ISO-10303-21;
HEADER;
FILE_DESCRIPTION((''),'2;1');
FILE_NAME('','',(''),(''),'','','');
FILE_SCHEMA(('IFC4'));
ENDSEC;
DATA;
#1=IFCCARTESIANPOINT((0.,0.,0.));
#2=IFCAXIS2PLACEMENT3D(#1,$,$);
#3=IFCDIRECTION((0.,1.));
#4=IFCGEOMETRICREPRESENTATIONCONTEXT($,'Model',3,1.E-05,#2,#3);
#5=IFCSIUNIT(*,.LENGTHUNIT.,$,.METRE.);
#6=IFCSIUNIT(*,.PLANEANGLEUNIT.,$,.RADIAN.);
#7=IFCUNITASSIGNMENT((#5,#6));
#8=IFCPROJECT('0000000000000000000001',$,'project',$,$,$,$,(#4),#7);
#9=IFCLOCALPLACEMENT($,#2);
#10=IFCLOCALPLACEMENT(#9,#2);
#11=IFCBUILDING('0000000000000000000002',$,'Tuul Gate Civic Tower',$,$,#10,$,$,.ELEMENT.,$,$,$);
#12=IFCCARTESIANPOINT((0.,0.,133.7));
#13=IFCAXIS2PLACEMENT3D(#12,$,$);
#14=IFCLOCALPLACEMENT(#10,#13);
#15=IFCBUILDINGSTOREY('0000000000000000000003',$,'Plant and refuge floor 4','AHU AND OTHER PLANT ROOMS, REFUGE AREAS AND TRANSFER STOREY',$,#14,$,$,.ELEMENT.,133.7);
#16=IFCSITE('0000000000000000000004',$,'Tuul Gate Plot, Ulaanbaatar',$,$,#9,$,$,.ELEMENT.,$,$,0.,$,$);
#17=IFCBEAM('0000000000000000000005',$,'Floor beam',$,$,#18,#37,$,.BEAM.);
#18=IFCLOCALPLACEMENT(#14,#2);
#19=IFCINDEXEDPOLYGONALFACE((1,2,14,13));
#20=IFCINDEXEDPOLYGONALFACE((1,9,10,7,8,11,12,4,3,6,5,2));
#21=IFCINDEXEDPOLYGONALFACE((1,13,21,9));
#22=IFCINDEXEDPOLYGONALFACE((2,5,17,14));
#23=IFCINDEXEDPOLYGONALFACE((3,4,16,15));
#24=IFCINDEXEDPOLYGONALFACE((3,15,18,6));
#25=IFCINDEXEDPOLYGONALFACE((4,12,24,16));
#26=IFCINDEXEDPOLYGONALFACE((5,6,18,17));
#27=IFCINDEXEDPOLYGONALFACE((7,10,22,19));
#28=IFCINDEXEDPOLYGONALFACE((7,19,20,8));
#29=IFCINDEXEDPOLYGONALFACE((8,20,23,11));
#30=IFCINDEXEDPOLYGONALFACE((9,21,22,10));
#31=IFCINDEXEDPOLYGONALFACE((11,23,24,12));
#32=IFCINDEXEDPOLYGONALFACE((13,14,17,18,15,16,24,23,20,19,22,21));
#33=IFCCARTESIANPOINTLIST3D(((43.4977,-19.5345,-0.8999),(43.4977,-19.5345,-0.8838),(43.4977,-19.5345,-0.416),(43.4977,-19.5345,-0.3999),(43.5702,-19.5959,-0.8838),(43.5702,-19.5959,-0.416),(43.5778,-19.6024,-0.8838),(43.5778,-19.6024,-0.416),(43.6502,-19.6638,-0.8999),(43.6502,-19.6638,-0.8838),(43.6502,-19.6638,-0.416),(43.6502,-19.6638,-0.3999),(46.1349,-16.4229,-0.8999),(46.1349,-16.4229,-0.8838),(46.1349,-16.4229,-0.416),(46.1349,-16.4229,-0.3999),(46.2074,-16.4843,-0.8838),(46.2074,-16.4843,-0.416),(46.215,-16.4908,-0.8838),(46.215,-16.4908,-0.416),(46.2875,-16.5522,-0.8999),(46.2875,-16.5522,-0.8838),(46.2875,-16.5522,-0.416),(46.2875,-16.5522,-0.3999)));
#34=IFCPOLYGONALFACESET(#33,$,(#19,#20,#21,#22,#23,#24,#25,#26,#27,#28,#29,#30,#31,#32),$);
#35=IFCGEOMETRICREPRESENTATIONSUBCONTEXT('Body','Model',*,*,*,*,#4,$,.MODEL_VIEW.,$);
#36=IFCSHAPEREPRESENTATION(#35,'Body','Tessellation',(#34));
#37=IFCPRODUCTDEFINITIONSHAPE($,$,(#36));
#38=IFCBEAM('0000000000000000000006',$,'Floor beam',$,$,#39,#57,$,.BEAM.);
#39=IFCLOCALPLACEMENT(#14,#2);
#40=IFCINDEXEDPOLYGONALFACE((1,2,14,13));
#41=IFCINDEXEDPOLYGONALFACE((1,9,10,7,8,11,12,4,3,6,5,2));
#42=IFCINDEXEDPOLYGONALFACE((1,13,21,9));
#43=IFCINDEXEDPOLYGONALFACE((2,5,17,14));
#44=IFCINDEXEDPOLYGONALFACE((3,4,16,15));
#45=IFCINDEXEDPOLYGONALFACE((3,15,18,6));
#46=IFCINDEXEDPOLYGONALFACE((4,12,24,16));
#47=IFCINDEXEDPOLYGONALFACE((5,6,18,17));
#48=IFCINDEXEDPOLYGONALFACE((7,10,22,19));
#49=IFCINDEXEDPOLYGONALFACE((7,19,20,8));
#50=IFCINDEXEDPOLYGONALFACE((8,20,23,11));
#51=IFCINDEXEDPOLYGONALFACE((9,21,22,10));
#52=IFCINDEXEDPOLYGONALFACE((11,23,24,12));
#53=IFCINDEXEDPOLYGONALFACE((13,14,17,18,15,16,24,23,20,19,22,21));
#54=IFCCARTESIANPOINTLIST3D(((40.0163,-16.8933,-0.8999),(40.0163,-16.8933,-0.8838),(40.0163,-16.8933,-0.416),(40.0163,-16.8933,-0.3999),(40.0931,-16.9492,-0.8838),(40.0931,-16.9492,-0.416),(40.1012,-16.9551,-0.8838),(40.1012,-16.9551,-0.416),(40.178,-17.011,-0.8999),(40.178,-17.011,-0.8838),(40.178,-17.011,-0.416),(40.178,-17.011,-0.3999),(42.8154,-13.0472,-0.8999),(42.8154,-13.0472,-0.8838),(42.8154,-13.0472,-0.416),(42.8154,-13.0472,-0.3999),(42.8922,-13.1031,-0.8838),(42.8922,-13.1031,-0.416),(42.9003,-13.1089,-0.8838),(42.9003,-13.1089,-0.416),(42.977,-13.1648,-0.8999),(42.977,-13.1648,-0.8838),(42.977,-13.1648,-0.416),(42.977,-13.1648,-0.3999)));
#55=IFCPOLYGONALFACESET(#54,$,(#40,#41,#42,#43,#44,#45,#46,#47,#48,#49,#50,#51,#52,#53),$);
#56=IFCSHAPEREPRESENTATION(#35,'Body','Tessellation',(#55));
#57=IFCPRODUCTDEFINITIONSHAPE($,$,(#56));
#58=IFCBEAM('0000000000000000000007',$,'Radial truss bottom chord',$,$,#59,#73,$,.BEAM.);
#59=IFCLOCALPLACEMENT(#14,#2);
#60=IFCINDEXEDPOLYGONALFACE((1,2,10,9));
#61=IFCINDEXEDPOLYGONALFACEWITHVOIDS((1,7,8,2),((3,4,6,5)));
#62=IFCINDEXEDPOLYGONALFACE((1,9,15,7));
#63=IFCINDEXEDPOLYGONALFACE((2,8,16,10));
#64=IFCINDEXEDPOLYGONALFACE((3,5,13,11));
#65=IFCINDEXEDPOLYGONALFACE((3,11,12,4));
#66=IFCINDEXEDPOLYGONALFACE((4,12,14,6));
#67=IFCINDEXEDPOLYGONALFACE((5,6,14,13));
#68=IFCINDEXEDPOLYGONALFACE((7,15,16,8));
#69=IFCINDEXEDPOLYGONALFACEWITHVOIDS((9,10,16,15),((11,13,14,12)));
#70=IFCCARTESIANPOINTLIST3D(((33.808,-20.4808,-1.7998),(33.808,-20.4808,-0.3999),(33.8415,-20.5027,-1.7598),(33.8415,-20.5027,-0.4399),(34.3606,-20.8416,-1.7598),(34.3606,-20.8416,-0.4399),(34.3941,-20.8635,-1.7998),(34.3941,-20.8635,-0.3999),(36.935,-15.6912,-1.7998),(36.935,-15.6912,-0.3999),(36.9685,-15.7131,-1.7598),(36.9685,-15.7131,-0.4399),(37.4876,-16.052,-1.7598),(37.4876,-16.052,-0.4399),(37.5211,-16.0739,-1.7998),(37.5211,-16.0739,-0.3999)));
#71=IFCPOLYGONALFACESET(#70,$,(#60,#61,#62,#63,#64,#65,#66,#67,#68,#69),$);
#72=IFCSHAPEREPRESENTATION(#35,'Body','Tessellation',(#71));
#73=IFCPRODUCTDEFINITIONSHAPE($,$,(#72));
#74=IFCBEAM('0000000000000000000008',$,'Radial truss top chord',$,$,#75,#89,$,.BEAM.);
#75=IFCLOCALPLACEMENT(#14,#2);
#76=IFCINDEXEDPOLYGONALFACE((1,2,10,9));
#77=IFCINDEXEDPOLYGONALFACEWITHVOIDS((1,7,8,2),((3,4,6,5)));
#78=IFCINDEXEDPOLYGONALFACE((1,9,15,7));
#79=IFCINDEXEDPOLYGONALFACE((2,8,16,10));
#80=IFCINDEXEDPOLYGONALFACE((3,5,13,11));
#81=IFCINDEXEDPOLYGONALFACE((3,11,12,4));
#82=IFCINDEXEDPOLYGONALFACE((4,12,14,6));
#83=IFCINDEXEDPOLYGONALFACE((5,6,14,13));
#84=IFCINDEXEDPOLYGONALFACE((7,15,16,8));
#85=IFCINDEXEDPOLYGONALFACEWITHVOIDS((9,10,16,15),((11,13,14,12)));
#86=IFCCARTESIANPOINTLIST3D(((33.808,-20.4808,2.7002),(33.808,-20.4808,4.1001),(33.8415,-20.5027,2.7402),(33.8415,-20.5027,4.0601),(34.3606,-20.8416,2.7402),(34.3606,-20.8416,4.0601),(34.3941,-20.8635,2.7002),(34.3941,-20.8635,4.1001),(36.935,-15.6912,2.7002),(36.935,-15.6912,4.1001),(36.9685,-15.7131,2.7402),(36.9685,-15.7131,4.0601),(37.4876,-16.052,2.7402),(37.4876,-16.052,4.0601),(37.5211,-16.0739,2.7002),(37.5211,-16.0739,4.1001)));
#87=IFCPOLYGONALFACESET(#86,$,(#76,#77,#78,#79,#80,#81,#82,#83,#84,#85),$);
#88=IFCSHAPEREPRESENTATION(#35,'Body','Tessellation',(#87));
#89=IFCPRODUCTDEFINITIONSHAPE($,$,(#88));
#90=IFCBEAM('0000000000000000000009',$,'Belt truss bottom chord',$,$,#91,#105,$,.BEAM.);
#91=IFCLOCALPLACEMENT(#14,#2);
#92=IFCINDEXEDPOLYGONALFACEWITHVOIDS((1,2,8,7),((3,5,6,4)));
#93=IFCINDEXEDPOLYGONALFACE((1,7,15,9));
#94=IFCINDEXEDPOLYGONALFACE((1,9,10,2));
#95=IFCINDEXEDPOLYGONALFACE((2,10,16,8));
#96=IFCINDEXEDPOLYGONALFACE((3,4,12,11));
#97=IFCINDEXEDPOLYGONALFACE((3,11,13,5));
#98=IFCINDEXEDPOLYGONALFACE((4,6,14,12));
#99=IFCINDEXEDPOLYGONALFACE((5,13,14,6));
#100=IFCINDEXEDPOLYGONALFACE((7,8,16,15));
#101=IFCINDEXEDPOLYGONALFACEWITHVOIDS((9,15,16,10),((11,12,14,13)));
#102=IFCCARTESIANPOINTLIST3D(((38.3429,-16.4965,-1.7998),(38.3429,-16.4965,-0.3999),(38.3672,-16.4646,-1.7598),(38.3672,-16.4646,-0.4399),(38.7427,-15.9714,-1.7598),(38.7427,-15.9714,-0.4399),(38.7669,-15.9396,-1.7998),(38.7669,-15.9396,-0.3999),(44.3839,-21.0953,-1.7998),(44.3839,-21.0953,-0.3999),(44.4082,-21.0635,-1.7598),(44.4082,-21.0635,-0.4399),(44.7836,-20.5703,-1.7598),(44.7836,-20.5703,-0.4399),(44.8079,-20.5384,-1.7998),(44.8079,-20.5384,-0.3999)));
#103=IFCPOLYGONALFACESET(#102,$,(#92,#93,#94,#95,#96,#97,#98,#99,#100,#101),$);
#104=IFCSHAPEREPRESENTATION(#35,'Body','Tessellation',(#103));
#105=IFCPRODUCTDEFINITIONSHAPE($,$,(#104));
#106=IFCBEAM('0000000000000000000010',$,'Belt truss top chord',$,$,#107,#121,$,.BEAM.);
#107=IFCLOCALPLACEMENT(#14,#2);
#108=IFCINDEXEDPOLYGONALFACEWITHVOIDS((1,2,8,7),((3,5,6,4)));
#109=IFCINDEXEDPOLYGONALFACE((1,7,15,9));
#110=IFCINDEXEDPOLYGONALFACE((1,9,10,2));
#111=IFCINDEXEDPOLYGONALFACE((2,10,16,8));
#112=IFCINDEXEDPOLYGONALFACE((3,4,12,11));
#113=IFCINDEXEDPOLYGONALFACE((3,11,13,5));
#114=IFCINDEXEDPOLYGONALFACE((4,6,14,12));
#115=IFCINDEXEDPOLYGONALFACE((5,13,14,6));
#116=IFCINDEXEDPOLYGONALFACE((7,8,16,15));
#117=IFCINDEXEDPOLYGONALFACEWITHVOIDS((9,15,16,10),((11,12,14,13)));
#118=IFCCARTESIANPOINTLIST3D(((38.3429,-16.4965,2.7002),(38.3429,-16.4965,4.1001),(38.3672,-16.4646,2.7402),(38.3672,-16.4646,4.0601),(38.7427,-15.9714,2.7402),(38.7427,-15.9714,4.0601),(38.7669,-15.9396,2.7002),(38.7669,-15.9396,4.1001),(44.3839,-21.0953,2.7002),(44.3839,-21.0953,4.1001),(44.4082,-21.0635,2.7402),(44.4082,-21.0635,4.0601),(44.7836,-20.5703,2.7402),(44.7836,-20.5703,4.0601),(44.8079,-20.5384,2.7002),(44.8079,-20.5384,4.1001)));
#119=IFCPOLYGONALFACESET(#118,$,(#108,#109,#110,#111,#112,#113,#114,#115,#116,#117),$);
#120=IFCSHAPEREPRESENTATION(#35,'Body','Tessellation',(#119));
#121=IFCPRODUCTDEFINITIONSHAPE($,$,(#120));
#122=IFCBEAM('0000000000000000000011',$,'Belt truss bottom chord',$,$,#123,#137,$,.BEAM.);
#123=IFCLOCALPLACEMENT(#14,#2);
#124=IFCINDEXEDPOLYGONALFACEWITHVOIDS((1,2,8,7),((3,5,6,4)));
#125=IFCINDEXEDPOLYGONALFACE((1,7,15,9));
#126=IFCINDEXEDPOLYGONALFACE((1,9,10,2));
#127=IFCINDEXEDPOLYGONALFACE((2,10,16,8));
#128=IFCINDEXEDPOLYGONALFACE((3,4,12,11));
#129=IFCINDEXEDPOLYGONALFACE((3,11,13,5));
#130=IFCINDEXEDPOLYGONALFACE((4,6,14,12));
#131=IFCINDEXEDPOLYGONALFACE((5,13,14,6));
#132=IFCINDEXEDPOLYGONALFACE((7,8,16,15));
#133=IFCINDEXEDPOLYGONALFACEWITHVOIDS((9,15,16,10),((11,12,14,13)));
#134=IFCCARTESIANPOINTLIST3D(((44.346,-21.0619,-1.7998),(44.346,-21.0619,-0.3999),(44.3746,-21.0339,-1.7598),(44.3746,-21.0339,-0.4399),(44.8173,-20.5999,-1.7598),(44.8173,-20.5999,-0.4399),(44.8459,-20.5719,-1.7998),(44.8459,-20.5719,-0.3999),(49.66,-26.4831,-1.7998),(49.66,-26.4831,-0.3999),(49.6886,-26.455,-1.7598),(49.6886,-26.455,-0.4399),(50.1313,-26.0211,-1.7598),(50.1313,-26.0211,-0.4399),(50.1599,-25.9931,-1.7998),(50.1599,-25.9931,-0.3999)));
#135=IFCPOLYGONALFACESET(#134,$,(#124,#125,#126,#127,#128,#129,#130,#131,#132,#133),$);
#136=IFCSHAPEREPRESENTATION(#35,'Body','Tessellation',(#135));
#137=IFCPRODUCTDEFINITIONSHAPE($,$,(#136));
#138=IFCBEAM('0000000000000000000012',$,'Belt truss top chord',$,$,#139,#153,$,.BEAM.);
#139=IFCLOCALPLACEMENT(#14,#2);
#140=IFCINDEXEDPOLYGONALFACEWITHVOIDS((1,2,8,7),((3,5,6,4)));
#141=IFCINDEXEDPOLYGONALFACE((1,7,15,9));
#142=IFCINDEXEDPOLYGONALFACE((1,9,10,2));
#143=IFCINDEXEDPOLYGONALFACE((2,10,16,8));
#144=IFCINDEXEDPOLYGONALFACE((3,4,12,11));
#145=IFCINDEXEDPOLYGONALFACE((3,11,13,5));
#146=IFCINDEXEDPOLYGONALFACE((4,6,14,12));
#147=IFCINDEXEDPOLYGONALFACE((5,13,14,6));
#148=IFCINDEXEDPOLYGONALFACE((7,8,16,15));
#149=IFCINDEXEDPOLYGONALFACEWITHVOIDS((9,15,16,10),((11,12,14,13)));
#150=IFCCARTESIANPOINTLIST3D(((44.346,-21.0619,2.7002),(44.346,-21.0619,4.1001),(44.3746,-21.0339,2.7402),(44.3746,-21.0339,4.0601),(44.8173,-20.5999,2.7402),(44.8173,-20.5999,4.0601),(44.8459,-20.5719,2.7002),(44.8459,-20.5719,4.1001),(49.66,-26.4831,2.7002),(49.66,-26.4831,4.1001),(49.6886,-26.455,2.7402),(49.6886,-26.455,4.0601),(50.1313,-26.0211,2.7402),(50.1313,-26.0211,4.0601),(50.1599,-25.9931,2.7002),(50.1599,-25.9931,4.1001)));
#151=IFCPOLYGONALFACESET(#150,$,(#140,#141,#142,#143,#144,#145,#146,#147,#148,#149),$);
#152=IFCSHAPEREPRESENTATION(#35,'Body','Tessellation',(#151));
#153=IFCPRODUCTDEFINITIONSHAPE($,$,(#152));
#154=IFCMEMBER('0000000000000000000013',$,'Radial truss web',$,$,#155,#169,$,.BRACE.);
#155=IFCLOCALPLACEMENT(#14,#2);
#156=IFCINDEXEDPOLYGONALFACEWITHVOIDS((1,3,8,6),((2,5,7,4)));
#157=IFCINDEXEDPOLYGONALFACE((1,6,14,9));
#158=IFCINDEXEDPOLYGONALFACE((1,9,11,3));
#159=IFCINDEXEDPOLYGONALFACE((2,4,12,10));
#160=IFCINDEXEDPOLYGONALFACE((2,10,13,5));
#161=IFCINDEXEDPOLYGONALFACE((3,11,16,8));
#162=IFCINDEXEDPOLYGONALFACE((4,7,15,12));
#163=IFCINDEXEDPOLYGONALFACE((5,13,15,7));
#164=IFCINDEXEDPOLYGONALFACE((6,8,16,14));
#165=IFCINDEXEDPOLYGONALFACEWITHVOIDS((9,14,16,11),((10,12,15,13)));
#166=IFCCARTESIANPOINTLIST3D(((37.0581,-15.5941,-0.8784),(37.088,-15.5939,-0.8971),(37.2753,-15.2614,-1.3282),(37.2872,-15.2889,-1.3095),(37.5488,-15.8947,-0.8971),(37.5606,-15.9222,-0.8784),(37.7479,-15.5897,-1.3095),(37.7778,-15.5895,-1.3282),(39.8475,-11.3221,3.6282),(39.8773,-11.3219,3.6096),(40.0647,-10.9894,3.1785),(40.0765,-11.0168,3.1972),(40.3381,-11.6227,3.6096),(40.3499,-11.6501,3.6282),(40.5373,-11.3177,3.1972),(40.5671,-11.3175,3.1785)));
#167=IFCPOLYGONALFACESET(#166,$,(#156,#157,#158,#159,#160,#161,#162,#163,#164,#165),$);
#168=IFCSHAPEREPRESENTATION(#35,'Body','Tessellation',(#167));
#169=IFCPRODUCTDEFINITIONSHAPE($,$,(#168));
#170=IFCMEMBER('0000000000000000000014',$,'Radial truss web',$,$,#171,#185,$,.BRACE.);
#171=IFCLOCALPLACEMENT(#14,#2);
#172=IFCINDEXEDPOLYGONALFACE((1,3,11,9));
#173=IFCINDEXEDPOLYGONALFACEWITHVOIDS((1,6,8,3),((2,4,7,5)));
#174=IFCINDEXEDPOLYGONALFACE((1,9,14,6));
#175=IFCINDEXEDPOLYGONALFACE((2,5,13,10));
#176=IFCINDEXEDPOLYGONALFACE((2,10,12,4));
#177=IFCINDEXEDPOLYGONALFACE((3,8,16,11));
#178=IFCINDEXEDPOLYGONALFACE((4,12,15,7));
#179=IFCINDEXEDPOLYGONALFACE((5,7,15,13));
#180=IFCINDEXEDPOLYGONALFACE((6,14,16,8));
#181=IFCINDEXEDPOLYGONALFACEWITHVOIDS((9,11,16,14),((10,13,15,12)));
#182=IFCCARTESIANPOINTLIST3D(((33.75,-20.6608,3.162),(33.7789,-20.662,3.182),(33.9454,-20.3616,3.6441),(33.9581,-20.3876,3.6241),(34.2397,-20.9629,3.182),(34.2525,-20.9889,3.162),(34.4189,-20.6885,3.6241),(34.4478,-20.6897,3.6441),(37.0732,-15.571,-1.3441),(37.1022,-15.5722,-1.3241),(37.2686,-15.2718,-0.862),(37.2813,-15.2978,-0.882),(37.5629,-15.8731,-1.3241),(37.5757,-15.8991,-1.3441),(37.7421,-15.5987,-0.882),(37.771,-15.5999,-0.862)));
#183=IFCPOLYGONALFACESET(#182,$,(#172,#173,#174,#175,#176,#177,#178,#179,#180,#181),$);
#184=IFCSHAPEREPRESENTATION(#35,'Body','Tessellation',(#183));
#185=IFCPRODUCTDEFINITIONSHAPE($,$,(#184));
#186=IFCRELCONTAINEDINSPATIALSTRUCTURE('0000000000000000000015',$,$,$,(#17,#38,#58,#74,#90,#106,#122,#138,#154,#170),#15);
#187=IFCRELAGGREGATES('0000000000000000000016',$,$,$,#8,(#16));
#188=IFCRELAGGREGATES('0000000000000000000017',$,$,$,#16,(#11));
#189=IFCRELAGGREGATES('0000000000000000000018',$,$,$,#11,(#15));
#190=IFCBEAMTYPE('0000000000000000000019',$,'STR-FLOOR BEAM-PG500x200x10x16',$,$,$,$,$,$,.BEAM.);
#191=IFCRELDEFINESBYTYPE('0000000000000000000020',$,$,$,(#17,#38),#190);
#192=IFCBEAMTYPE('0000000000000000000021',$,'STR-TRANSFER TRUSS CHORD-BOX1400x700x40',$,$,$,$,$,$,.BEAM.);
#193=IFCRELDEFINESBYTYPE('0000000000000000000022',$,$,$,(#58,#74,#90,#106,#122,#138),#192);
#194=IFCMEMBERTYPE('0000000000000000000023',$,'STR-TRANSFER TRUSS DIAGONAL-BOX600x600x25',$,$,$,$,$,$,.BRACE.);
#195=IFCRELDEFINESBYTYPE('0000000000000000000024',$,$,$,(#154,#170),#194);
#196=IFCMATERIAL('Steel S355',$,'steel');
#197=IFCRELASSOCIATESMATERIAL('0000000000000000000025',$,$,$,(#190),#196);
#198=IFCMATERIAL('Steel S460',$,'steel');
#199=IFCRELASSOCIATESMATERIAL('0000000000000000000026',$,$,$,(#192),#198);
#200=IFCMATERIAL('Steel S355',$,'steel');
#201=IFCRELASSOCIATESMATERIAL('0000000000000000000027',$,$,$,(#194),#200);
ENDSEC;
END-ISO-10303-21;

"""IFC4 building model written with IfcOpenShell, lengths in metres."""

from ifc_helpers import new_model, si_unit, direction, frame, origin, origin_2d, place, context, subcontext, project, spatial, hollow_rectangle, i_section, extrude, material, material_profile, profile_set, type_object, element, save


model = new_model("IFC4")

# Units and contexts
model_context = context("Model", 3, precision=1e-05, world=origin(), true_north=direction((0.0, 1.0)))
body_context = subcontext(model_context, "Body", "Model", "MODEL_VIEW")
ifc_project = project(units=[si_unit("LENGTHUNIT", "METRE"), si_unit("PLANEANGLEUNIT", "RADIAN")], contexts=[model_context])

# Site, building, storey
site_placement = place(None, origin())
site = spatial("IfcSite", under=ifc_project, at=site_placement, Name="Tuul Gate Plot, Ulaanbaatar", CompositionType="ELEMENT", RefElevation=0.0)
building_placement = place(site_placement, origin())
building = spatial("IfcBuilding", under=site, at=building_placement, Name="Tuul Gate Civic Tower", CompositionType="ELEMENT")
storey_placement = place(building_placement, frame((0.0, 0.0, 133.7)))
storey = spatial("IfcBuildingStorey", under=building, at=storey_placement, Name="Plant and refuge floor 4", Description="AHU AND OTHER PLANT ROOMS, REFUGE AREAS AND TRANSFER STOREY", CompositionType="ELEMENT", Elevation=133.7)

# Beams
ifc_material_1 = material(Name="Steel S355", Category="steel")
ifc_material_profile_1 = material_profile(ifc_material_1, i_section(OverallWidth=0.2, OverallDepth=0.5, WebThickness=0.01, FlangeThickness=0.0161, at=origin_2d()), Name="PG500x200x10x16")
ifc_profile_set_1 = profile_set([ifc_material_profile_1], Name="Steel S355")
beam_type_1 = type_object("IfcBeamType", Name="STR-FLOOR BEAM-PG500x200x10x16", PredefinedType="BEAM", material=ifc_profile_set_1)
beam_1_placement = place(storey_placement, frame((43.574, -19.5991, -0.6499), z_axis=(0.646562, 0.762862, 0.0), x_axis=(-0.762862, 0.646562, 0.0)))
element("IfcBeam", 1, at=beam_1_placement, inside=storey, type_object=beam_type_1, Name="Floor beam", PredefinedType="BEAM", context=body_context, shape_type="SweptSolid", body=[
    extrude(i_section(OverallWidth=0.2, OverallDepth=0.5, WebThickness=0.01, FlangeThickness=0.0161, at=origin_2d()), origin(), (0.0, 0.0, 1.0), 4.0789),
])
beam_2_placement = place(storey_placement, frame((40.0972, -16.9521, -0.6499), z_axis=(0.588425, 0.808552, 0.0), x_axis=(-0.808552, 0.588425, 0.0)))
element("IfcBeam", 2, at=beam_2_placement, inside=storey, type_object=beam_type_1, Name="Floor beam", PredefinedType="BEAM", context=body_context, shape_type="SweptSolid", body=[
    extrude(i_section(OverallWidth=0.2, OverallDepth=0.5, WebThickness=0.01, FlangeThickness=0.0161, at=origin_2d()), origin(), (0.0, 0.0, 1.0), 4.7568),
])
ifc_material_2 = material(Name="Steel S460", Category="steel")
ifc_material_profile_2 = material_profile(ifc_material_2, hollow_rectangle(XDim=0.7, YDim=1.3999, WallThickness=0.04, at=origin_2d()), Name="BOX1400x700x40")
ifc_profile_set_2 = profile_set([ifc_material_profile_2], Name="Steel S460")
beam_type_2 = type_object("IfcBeamType", Name="STR-TRANSFER TRUSS CHORD-BOX1400x700x40", PredefinedType="BEAM", material=ifc_profile_set_2)
for number, where, z_axis, x_axis, name in (
    (3, (37.228, -15.8826, -1.0999), (-0.546677, -0.837344, 0.0), (0.837344, -0.546677, 0.0), "Radial truss bottom chord"),
    (4, (37.228, -15.8826, 3.4001), (-0.546677, -0.837344, 0.0), (0.837344, -0.546677, 0.0), "Radial truss top chord"),
):
    element("IfcBeam", number, at=place(storey_placement, frame(where, z_axis=z_axis, x_axis=x_axis)), inside=storey, type_object=beam_type_2, Name=name, PredefinedType="BEAM", context=body_context, shape_type="SweptSolid", body=[
        extrude(hollow_rectangle(XDim=0.7, YDim=1.3999, WallThickness=0.04, at=origin_2d()), origin(), (0.0, 0.0, 1.0), 5.72),
    ])
for number, where, z_axis, x_axis, name in (
    (5, (38.5549, -16.218, -1.0999), (0.795673, -0.605726, 0.0), (0.605726, 0.795673, 0.0), "Belt truss bottom chord"),
    (6, (38.5549, -16.218, 3.4001), (0.795673, -0.605726, 0.0), (0.605726, 0.795673, 0.0), "Belt truss top chord"),
):
    element("IfcBeam", number, at=place(storey_placement, frame(where, z_axis=z_axis, x_axis=x_axis)), inside=storey, type_object=beam_type_2, Name=name, PredefinedType="BEAM", context=body_context, shape_type="SweptSolid", body=[
        extrude(hollow_rectangle(XDim=0.7, YDim=1.3999, WallThickness=0.04, at=origin_2d()), origin(), (0.0, 0.0, 1.0), 7.5923),
    ])
for number, where, z_axis, x_axis, name in (
    (7, (44.5959, -20.8169, -1.0999), (0.700012, -0.714131, 0.0), (0.714131, 0.700012, 0.0), "Belt truss bottom chord"),
    (8, (44.5959, -20.8169, 3.4001), (0.700012, -0.714131, 0.0), (0.714131, 0.700012, 0.0), "Belt truss top chord"),
):
    element("IfcBeam", number, at=place(storey_placement, frame(where, z_axis=z_axis, x_axis=x_axis)), inside=storey, type_object=beam_type_2, Name=name, PredefinedType="BEAM", context=body_context, shape_type="SweptSolid", body=[
        extrude(hollow_rectangle(XDim=0.7, YDim=1.3999, WallThickness=0.04, at=origin_2d()), origin(), (0.0, 0.0, 1.0), 7.5913),
    ])

# Members
ifc_material_3 = material(Name="Steel S355", Category="steel")
ifc_material_profile_3 = material_profile(ifc_material_3, hollow_rectangle(XDim=0.6001, YDim=0.6001, WallThickness=0.0249, at=origin_2d()), Name="BOX600x600x25")
ifc_profile_set_3 = profile_set([ifc_material_profile_3], Name="Steel S355")
member_type_1 = type_object("IfcMemberType", Name="STR-TRANSFER TRUSS DIAGONAL-BOX600x600x25", PredefinedType="BRACE", material=ifc_profile_set_3)
member_1_placement = place(storey_placement, frame((37.418, -15.5918, -1.1033), z_axis=(0.409752, 0.627557, 0.662023), x_axis=(-0.83732, 0.546713, 0.0)))
element("IfcMember", 9, at=member_1_placement, inside=storey, type_object=member_type_1, Name="Radial truss web", PredefinedType="BRACE", context=body_context, shape_type="SweptSolid", body=[
    extrude(hollow_rectangle(XDim=0.6001, YDim=0.6001, WallThickness=0.0249, at=origin_2d()), origin(), (0.0, 0.0, 1.0), 6.8074),
])
member_2_placement = place(storey_placement, frame((37.4221, -15.5854, -1.103), z_axis=(-0.439191, -0.672661, 0.595515), x_axis=(0.837326, -0.546704, 0.0)))
element("IfcMember", 10, at=member_2_placement, inside=storey, type_object=member_type_1, Name="Radial truss web", PredefinedType="BRACE", context=body_context, shape_type="SweptSolid", body=[
    extrude(hollow_rectangle(XDim=0.6001, YDim=0.6001, WallThickness=0.0249, at=origin_2d()), origin(), (0.0, 0.0, 1.0), 7.5667),
])

save(model, "model.ifc")
